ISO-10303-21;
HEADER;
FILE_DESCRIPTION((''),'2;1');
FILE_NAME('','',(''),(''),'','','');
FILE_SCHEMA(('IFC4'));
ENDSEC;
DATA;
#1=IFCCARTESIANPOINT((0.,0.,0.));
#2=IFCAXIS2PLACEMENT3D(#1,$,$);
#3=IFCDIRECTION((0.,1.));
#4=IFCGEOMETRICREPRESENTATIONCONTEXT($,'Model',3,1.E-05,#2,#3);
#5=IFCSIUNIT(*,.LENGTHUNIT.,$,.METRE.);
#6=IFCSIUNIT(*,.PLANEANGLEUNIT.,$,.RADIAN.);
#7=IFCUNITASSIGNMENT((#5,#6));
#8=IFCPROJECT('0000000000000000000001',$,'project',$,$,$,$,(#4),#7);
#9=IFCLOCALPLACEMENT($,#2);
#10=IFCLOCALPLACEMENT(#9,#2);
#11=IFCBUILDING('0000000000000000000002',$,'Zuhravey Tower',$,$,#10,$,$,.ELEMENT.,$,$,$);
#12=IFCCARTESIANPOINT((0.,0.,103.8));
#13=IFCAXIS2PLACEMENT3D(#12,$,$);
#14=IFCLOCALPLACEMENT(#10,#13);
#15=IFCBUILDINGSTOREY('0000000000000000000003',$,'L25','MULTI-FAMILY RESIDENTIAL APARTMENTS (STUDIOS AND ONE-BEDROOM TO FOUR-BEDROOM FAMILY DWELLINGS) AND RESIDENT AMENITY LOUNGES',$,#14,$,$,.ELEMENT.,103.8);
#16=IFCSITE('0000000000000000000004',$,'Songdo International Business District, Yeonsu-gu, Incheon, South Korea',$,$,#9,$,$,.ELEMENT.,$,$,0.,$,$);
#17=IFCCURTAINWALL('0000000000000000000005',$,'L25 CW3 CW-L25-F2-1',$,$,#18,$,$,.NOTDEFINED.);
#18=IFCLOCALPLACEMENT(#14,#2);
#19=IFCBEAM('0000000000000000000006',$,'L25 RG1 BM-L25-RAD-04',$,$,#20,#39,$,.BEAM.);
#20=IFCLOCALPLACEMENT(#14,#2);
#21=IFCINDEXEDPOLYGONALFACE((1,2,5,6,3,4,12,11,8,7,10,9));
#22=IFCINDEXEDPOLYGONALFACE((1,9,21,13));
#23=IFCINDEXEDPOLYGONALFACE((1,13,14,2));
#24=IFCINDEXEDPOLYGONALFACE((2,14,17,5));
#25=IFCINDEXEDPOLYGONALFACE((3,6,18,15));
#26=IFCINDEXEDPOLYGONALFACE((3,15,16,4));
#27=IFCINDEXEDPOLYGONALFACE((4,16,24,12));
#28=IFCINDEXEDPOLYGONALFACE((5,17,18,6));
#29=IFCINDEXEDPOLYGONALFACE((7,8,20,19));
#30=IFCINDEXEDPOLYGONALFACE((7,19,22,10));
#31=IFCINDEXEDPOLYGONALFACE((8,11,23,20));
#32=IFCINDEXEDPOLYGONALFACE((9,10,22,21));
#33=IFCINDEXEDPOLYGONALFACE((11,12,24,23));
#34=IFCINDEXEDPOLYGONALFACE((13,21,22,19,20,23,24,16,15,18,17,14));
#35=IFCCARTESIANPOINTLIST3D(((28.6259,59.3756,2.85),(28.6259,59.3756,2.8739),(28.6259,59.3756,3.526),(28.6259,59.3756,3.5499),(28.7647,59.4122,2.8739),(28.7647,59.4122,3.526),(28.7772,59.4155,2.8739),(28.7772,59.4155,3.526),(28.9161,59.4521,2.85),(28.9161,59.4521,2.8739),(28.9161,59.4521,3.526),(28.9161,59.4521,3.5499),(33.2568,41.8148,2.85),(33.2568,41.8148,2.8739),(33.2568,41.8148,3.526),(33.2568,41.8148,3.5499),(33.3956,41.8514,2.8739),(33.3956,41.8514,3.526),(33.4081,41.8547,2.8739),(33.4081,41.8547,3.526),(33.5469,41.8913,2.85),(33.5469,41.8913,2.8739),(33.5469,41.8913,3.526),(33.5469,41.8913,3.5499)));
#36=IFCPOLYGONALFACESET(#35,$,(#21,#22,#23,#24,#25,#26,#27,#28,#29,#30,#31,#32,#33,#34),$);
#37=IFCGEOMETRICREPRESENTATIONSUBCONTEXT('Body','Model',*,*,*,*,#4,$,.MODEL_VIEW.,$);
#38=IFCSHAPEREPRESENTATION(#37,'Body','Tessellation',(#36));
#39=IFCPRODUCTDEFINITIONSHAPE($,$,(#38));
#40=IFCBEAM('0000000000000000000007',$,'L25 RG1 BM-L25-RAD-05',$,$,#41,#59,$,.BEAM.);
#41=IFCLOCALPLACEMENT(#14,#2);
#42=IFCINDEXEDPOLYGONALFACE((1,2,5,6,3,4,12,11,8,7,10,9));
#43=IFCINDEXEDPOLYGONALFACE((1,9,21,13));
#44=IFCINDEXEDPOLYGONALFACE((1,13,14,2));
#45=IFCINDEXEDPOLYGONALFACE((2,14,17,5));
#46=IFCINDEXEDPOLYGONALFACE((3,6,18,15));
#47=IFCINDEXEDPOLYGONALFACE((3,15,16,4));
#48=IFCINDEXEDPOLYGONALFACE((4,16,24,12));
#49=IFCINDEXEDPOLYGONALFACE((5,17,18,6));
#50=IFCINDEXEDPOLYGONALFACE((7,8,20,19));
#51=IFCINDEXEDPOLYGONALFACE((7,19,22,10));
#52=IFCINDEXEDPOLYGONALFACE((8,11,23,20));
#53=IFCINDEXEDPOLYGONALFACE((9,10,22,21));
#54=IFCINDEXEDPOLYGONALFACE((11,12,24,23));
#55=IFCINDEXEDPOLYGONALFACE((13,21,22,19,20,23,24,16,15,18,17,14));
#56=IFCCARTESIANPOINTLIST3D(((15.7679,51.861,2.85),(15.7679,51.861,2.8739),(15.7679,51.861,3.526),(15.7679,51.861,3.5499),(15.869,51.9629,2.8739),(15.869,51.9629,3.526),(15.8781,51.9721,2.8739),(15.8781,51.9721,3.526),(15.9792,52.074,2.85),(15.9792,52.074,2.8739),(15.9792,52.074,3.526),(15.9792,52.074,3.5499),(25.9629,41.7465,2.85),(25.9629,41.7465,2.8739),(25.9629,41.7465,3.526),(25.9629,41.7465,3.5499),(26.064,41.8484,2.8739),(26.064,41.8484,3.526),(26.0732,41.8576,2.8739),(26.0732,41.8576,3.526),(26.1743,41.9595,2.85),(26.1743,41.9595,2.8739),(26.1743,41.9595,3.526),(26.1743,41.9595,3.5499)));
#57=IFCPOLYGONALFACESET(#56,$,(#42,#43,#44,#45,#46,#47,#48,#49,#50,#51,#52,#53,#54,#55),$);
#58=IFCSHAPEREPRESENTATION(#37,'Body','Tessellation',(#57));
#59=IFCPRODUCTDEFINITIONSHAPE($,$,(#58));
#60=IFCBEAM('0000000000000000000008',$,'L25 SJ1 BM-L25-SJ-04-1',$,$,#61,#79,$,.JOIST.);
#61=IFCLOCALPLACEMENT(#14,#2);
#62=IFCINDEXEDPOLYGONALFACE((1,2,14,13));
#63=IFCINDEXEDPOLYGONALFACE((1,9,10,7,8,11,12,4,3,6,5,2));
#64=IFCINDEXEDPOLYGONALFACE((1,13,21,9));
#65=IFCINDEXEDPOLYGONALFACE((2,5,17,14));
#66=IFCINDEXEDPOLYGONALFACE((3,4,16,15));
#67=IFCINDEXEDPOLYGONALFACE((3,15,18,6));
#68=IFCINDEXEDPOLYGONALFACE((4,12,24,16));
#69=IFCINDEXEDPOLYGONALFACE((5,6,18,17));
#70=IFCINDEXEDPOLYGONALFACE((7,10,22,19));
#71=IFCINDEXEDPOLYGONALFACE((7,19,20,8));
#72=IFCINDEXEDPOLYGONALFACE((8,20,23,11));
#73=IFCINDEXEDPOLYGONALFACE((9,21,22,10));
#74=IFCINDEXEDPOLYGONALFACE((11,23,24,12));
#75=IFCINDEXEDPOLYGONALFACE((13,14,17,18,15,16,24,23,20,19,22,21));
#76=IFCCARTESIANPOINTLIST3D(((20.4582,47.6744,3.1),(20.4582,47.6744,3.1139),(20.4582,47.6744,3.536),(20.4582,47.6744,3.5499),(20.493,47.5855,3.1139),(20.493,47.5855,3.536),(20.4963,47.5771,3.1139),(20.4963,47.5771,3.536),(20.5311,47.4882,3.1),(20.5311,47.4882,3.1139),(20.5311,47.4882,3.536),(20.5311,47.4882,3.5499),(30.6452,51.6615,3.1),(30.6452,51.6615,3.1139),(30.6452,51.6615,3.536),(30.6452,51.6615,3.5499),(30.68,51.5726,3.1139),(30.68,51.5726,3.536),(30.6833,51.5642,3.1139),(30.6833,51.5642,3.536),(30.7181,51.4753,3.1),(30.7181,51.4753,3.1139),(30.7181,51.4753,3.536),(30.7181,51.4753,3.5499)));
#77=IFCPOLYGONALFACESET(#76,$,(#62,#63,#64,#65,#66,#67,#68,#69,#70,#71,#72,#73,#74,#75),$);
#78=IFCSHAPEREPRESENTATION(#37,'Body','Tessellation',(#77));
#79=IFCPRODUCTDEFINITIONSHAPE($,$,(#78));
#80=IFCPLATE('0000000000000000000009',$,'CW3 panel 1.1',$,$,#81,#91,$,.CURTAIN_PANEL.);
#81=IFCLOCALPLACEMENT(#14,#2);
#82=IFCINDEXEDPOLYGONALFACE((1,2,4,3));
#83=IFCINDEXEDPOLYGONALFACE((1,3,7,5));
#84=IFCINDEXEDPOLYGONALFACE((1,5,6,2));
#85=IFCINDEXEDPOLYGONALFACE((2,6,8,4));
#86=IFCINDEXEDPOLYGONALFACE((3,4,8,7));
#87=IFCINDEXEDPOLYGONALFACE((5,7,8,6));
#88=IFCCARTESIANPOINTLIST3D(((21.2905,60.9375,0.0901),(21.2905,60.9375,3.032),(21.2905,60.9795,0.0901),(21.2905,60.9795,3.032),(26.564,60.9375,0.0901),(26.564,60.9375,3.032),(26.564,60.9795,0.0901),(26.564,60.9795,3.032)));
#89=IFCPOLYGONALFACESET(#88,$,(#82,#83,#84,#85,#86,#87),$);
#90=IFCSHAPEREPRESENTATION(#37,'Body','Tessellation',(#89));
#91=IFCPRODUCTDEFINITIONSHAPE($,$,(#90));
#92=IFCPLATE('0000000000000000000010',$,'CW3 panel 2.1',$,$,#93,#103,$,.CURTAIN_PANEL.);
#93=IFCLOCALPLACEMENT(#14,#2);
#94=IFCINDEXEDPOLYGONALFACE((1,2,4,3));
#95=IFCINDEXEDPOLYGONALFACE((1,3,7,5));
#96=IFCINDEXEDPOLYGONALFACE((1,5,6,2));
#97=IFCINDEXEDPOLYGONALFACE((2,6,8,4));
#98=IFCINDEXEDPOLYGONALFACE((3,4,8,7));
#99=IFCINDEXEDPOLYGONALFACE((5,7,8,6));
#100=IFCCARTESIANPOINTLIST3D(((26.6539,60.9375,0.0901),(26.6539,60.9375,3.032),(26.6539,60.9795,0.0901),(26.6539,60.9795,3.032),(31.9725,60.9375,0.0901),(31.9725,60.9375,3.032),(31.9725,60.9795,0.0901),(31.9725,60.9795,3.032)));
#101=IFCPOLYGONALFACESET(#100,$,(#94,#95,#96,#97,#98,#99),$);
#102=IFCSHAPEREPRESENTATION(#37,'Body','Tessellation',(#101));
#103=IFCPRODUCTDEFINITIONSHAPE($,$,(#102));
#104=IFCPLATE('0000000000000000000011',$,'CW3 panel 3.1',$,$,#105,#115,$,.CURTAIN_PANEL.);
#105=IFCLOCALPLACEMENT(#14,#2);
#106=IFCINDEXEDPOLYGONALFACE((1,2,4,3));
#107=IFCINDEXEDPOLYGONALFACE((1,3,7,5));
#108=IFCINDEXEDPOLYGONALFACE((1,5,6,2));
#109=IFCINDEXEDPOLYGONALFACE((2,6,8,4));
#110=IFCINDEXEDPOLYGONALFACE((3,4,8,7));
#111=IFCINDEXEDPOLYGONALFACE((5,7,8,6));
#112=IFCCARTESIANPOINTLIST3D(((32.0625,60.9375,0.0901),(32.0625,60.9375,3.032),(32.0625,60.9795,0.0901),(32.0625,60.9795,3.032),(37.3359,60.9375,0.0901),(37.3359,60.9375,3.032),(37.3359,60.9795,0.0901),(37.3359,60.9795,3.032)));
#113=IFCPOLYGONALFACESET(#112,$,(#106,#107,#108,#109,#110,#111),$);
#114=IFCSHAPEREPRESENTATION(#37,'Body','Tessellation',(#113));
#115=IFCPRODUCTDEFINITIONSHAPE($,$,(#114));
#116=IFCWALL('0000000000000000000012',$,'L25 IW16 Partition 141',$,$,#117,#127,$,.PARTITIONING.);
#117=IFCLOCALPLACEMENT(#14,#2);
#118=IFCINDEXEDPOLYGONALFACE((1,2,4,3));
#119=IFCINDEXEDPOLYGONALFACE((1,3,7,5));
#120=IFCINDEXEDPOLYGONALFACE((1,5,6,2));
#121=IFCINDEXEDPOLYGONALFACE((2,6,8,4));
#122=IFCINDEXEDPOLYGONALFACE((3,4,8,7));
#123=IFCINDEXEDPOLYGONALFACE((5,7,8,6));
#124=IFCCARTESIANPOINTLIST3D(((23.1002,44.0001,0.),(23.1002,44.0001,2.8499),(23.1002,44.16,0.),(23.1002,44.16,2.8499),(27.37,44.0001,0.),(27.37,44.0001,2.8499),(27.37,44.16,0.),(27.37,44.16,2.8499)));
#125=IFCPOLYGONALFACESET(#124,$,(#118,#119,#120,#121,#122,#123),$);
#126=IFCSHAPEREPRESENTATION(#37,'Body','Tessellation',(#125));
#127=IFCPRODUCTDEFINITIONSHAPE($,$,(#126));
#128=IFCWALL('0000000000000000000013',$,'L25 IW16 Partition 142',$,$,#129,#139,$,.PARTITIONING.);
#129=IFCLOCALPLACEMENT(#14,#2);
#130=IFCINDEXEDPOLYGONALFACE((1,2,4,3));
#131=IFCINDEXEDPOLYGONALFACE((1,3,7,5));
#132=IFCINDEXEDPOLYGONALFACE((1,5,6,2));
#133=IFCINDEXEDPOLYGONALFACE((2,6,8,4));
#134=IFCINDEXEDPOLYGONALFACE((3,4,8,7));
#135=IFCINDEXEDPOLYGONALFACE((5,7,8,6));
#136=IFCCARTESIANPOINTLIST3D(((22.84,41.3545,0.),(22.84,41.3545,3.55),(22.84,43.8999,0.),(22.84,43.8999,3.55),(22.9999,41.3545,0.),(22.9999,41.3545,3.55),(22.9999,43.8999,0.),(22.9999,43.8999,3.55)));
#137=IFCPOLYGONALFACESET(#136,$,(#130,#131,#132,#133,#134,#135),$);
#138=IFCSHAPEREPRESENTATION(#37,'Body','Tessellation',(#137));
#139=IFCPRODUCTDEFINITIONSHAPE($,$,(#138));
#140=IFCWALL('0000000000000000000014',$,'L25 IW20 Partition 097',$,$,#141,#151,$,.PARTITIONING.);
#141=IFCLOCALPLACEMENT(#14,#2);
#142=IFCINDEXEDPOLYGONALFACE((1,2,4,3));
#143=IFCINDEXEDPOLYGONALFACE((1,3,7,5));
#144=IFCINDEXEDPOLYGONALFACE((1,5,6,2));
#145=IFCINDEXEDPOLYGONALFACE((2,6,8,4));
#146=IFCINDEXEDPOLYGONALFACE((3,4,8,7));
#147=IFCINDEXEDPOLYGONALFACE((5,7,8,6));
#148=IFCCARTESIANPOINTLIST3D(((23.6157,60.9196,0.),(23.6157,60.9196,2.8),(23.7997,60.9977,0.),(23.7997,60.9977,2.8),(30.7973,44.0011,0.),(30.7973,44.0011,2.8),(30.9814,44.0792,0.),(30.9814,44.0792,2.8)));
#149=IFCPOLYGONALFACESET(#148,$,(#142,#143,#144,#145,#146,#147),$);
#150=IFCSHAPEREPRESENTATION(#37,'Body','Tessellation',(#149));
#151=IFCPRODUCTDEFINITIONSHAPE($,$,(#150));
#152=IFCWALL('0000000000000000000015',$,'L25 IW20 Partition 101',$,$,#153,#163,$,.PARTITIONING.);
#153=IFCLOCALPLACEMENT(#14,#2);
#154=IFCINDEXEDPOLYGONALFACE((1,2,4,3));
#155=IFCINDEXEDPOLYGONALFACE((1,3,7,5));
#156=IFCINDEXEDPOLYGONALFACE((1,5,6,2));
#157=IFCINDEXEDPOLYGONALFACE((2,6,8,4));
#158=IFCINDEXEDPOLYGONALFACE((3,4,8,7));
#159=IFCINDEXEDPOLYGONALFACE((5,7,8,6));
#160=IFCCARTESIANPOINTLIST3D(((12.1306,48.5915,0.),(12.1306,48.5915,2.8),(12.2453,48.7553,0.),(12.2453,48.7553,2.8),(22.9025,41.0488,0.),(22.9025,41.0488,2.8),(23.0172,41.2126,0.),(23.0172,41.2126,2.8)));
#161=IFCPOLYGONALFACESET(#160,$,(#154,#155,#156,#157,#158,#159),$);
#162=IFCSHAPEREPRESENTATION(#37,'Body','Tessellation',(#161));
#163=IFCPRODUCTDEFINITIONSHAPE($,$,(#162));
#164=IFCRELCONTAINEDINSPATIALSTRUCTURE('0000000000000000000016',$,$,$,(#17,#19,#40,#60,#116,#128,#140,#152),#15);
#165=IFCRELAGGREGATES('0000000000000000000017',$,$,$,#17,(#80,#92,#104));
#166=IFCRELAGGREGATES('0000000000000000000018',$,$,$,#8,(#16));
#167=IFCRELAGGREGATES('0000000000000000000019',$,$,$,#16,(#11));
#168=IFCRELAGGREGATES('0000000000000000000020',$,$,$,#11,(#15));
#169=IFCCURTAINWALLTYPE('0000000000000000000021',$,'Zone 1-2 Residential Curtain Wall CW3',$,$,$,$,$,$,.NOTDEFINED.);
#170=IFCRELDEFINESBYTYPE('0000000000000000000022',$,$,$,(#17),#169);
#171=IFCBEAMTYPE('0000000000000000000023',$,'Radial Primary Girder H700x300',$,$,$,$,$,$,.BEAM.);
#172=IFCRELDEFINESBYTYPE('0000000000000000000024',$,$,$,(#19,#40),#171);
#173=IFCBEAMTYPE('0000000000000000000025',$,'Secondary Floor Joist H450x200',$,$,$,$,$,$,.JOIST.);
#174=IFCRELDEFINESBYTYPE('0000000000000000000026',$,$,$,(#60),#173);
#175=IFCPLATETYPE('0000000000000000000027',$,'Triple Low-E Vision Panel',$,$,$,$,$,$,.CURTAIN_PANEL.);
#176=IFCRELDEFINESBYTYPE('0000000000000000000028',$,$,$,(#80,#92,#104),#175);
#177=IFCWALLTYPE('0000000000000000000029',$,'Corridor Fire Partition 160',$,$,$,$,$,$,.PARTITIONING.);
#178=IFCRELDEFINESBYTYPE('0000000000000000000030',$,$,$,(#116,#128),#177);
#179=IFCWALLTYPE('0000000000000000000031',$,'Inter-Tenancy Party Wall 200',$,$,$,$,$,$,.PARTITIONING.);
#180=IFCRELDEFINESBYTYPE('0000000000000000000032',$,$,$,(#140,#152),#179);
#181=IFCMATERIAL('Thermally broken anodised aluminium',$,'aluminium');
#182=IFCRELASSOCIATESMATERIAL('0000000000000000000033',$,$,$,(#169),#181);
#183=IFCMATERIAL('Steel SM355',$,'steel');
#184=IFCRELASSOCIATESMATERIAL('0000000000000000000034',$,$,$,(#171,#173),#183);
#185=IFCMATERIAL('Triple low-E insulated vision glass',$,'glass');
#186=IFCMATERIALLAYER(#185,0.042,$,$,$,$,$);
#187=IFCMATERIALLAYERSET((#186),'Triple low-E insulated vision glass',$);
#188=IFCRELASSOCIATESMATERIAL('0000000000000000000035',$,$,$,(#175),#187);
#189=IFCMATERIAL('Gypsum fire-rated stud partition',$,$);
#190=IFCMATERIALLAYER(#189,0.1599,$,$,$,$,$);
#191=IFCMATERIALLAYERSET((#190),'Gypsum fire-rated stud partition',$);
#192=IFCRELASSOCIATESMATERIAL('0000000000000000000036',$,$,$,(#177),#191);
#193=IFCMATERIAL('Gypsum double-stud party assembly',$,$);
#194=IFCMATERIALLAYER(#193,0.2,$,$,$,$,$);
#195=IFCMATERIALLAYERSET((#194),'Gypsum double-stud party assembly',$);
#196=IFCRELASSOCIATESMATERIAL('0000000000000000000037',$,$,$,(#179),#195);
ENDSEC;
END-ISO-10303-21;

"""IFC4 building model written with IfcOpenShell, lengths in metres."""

from ifc_helpers import new_model, si_unit, direction, frame, frame_2d, origin, origin_2d, place, context, subcontext, project, spatial, rectangle, i_section, extrude, material, layer, layer_set, material_profile, profile_set, type_object, element, aggregate, save


model = new_model("IFC4")

# Units and contexts
model_context = context("Model", 3, precision=1e-05, world=origin(), true_north=direction((0.0, 1.0)))
body_context = subcontext(model_context, "Body", "Model", "MODEL_VIEW")
ifc_project = project(units=[si_unit("LENGTHUNIT", "METRE"), si_unit("PLANEANGLEUNIT", "RADIAN")], contexts=[model_context])

# Site, building, storey
site_placement = place(None, origin())
site = spatial("IfcSite", under=ifc_project, at=site_placement, Name="Songdo International Business District, Yeonsu-gu, Incheon, South Korea", CompositionType="ELEMENT", RefElevation=0.0)
building_placement = place(site_placement, origin())
building = spatial("IfcBuilding", under=site, at=building_placement, Name="Zuhravey Tower", CompositionType="ELEMENT")
storey_placement = place(building_placement, frame((0.0, 0.0, 103.8)))
storey = spatial("IfcBuildingStorey", under=building, at=storey_placement, Name="L25", Description="MULTI-FAMILY RESIDENTIAL APARTMENTS (STUDIOS AND ONE-BEDROOM TO FOUR-BEDROOM FAMILY DWELLINGS) AND RESIDENT AMENITY LOUNGES", CompositionType="ELEMENT", Elevation=103.8)

# Curtain wall
ifc_material_1 = material(Name="Thermally broken anodised aluminium", Category="aluminium")
curtain_wall_type = type_object("IfcCurtainWallType", Name="Zone 1-2 Residential Curtain Wall CW3", PredefinedType="NOTDEFINED", material=ifc_material_1)
curtain_wall_placement = place(storey_placement, origin())
curtain_wall = element("IfcCurtainWall", 1, at=curtain_wall_placement, inside=storey, type_object=curtain_wall_type, Name="L25 CW3 CW-L25-F2-1", PredefinedType="NOTDEFINED")

# Beams
ifc_material_2 = material(Name="Steel SM355", Category="steel")
ifc_material_profile_1 = material_profile(ifc_material_2, i_section(OverallWidth=0.3, OverallDepth=0.7, WebThickness=0.0129, FlangeThickness=0.0239, at=origin_2d()), Name="H-700x300x13x24")
ifc_profile_set_1 = profile_set([ifc_material_profile_1], Name="Steel SM355")
beam_type_1 = type_object("IfcBeamType", Name="Radial Primary Girder H700x300", PredefinedType="BEAM", material=ifc_profile_set_1)
beam_1_placement = place(storey_placement, frame((33.4019, 41.853, 3.2), z_axis=(-0.254988, 0.966944, 0.0), x_axis=(-0.966944, -0.254988, 0.0)))
element("IfcBeam", 2, at=beam_1_placement, inside=storey, type_object=beam_type_1, Name="L25 RG1 BM-L25-RAD-04", PredefinedType="BEAM", context=body_context, shape_type="SweptSolid", body=[
    extrude(i_section(OverallWidth=0.3, OverallDepth=0.7, WebThickness=0.0129, FlangeThickness=0.0239, at=origin_2d()), origin(), (0.0, 0.0, 1.0), 18.1611),
])
beam_2_placement = place(storey_placement, frame((26.0686, 41.853, 3.2), z_axis=(-0.709906, 0.704296, 0.0), x_axis=(-0.704296, -0.709906, 0.0)))
element("IfcBeam", 3, at=beam_2_placement, inside=storey, type_object=beam_type_1, Name="L25 RG1 BM-L25-RAD-05", PredefinedType="BEAM", context=body_context, shape_type="SweptSolid", body=[
    extrude(i_section(OverallWidth=0.3, OverallDepth=0.7, WebThickness=0.0129, FlangeThickness=0.0239, at=origin_2d()), origin(), (0.0, 0.0, 1.0), 14.3611),
])
ifc_material_profile_2 = material_profile(ifc_material_2, i_section(OverallWidth=0.2, OverallDepth=0.45, WebThickness=0.009, FlangeThickness=0.0139, at=origin_2d()), Name="H-450x200x9x14")
ifc_profile_set_2 = profile_set([ifc_material_profile_2], Name="Steel SM355")
beam_type_2 = type_object("IfcBeamType", Name="Secondary Floor Joist H450x200", PredefinedType="JOIST", material=ifc_profile_set_2)
beam_3_placement = place(storey_placement, frame((30.6816, 51.5684, 3.325), z_axis=(-0.931217, -0.364466, 0.0), x_axis=(0.364466, -0.931217, 0.0)))
element("IfcBeam", 4, at=beam_3_placement, inside=storey, type_object=beam_type_2, Name="L25 SJ1 BM-L25-SJ-04-1", PredefinedType="JOIST", context=body_context, shape_type="SweptSolid", body=[
    extrude(i_section(OverallWidth=0.2, OverallDepth=0.45, WebThickness=0.009, FlangeThickness=0.0139, at=origin_2d()), origin(), (0.0, 0.0, 1.0), 10.9395),
])

# Plates
ifc_material_3 = material(Name="Triple low-E insulated vision glass", Category="glass")
ifc_layer_1 = layer(ifc_material_3, 0.042)
ifc_layer_set_1 = layer_set([ifc_layer_1], Name="Triple low-E insulated vision glass")
plate_type = type_object("IfcPlateType", Name="Triple Low-E Vision Panel", PredefinedType="CURTAIN_PANEL", material=ifc_layer_set_1)
plate_1_placement = place(storey_placement, frame((23.9272, 60.9585, 0.0901), z_axis=(0.0, 0.0, 1.0), x_axis=(1.0, 0.0, 0.0)))
plate_1 = element("IfcPlate", 5, at=plate_1_placement, type_object=plate_type, Name="CW3 panel 1.1", PredefinedType="CURTAIN_PANEL", context=body_context, shape_type="SweptSolid", body=[
    extrude(rectangle(XDim=5.2734, YDim=0.042, at=origin_2d()), origin(), (0.0, 0.0, 1.0), 2.9419),
])
plate_2_placement = place(storey_placement, frame((29.3132, 60.9585, 0.0901), z_axis=(0.0, 0.0, 1.0), x_axis=(1.0, 0.0, 0.0)))
plate_2 = element("IfcPlate", 6, at=plate_2_placement, type_object=plate_type, Name="CW3 panel 2.1", PredefinedType="CURTAIN_PANEL", context=body_context, shape_type="SweptSolid", body=[
    extrude(rectangle(XDim=5.3186, YDim=0.042, at=origin_2d()), origin(), (0.0, 0.0, 1.0), 2.9419),
])
plate_3_placement = place(storey_placement, frame((34.6992, 60.9585, 0.0901), z_axis=(0.0, 0.0, 1.0), x_axis=(1.0, 0.0, 0.0)))
plate_3 = element("IfcPlate", 7, at=plate_3_placement, type_object=plate_type, Name="CW3 panel 3.1", PredefinedType="CURTAIN_PANEL", context=body_context, shape_type="SweptSolid", body=[
    extrude(rectangle(XDim=5.2734, YDim=0.042, at=origin_2d()), origin(), (0.0, 0.0, 1.0), 2.9419),
])
aggregate(curtain_wall, [plate_1, plate_2, plate_3])

# Shared definitions
ifc_material_4 = material(Name="Gypsum fire-rated stud partition")
ifc_layer_2 = layer(ifc_material_4, 0.1599)
ifc_layer_set_2 = layer_set([ifc_layer_2], Name="Gypsum fire-rated stud partition")
wall_type_1 = type_object("IfcWallType", Name="Corridor Fire Partition 160", PredefinedType="PARTITIONING", material=ifc_layer_set_2)

# Walls
wall_1_placement = place(storey_placement, frame((27.3699, 44.0801, 0.0), z_axis=(0.0, 0.0, 1.0), x_axis=(-1.0, 0.0, 0.0)))
element("IfcWall", 8, at=wall_1_placement, inside=storey, type_object=wall_type_1, Name="L25 IW16 Partition 141", PredefinedType="PARTITIONING", context=body_context, shape_type="SweptSolid", body=[
    extrude(rectangle(XDim=4.2698, YDim=0.1599, at=frame_2d((2.1348, 0.0))), origin(), (0.0, 0.0, 1.0), 2.8499),
])
wall_2_placement = place(storey_placement, frame((22.9199, 43.8999, 0.0), z_axis=(0.0, 0.0, 1.0), x_axis=(0.0, -1.0, 0.0)))
element("IfcWall", 9, at=wall_2_placement, inside=storey, type_object=wall_type_1, Name="L25 IW16 Partition 142", PredefinedType="PARTITIONING", context=body_context, shape_type="SweptSolid", body=[
    extrude(rectangle(XDim=2.5454, YDim=0.1599, at=frame_2d((1.2727, 0.0))), origin(), (0.0, 0.0, 1.0), 3.55),
])
ifc_material_5 = material(Name="Gypsum double-stud party assembly")
ifc_layer_3 = layer(ifc_material_5, 0.2)
ifc_layer_set_3 = layer_set([ifc_layer_3], Name="Gypsum double-stud party assembly")
wall_type_2 = type_object("IfcWallType", Name="Inter-Tenancy Party Wall 200", PredefinedType="PARTITIONING", material=ifc_layer_set_3)
wall_3_placement = place(storey_placement, frame((30.8894, 44.04, 0.0), z_axis=(0.0, 0.0, 1.0), x_axis=(-0.39074, 0.920501, 0.0)))
element("IfcWall", 10, at=wall_3_placement, inside=storey, type_object=wall_type_2, Name="L25 IW20 Partition 097", PredefinedType="PARTITIONING", context=body_context, shape_type="SweptSolid", body=[
    extrude(rectangle(XDim=18.3796, YDim=0.2, at=frame_2d((9.1899, 0.0))), origin(), (0.0, 0.0, 1.0), 2.8),
])
wall_4_placement = place(storey_placement, frame((22.96, 41.1306, 0.0), z_axis=(0.0, 0.0, 1.0), x_axis=(-0.819148, 0.573582, 0.0)))
element("IfcWall", 11, at=wall_4_placement, inside=storey, type_object=wall_type_2, Name="L25 IW20 Partition 101", PredefinedType="PARTITIONING", context=body_context, shape_type="SweptSolid", body=[
    extrude(rectangle(XDim=13.1501, YDim=0.2, at=frame_2d((6.5752, 0.0))), origin(), (0.0, 0.0, 1.0), 2.8),
])

save(model, "model.ifc")
